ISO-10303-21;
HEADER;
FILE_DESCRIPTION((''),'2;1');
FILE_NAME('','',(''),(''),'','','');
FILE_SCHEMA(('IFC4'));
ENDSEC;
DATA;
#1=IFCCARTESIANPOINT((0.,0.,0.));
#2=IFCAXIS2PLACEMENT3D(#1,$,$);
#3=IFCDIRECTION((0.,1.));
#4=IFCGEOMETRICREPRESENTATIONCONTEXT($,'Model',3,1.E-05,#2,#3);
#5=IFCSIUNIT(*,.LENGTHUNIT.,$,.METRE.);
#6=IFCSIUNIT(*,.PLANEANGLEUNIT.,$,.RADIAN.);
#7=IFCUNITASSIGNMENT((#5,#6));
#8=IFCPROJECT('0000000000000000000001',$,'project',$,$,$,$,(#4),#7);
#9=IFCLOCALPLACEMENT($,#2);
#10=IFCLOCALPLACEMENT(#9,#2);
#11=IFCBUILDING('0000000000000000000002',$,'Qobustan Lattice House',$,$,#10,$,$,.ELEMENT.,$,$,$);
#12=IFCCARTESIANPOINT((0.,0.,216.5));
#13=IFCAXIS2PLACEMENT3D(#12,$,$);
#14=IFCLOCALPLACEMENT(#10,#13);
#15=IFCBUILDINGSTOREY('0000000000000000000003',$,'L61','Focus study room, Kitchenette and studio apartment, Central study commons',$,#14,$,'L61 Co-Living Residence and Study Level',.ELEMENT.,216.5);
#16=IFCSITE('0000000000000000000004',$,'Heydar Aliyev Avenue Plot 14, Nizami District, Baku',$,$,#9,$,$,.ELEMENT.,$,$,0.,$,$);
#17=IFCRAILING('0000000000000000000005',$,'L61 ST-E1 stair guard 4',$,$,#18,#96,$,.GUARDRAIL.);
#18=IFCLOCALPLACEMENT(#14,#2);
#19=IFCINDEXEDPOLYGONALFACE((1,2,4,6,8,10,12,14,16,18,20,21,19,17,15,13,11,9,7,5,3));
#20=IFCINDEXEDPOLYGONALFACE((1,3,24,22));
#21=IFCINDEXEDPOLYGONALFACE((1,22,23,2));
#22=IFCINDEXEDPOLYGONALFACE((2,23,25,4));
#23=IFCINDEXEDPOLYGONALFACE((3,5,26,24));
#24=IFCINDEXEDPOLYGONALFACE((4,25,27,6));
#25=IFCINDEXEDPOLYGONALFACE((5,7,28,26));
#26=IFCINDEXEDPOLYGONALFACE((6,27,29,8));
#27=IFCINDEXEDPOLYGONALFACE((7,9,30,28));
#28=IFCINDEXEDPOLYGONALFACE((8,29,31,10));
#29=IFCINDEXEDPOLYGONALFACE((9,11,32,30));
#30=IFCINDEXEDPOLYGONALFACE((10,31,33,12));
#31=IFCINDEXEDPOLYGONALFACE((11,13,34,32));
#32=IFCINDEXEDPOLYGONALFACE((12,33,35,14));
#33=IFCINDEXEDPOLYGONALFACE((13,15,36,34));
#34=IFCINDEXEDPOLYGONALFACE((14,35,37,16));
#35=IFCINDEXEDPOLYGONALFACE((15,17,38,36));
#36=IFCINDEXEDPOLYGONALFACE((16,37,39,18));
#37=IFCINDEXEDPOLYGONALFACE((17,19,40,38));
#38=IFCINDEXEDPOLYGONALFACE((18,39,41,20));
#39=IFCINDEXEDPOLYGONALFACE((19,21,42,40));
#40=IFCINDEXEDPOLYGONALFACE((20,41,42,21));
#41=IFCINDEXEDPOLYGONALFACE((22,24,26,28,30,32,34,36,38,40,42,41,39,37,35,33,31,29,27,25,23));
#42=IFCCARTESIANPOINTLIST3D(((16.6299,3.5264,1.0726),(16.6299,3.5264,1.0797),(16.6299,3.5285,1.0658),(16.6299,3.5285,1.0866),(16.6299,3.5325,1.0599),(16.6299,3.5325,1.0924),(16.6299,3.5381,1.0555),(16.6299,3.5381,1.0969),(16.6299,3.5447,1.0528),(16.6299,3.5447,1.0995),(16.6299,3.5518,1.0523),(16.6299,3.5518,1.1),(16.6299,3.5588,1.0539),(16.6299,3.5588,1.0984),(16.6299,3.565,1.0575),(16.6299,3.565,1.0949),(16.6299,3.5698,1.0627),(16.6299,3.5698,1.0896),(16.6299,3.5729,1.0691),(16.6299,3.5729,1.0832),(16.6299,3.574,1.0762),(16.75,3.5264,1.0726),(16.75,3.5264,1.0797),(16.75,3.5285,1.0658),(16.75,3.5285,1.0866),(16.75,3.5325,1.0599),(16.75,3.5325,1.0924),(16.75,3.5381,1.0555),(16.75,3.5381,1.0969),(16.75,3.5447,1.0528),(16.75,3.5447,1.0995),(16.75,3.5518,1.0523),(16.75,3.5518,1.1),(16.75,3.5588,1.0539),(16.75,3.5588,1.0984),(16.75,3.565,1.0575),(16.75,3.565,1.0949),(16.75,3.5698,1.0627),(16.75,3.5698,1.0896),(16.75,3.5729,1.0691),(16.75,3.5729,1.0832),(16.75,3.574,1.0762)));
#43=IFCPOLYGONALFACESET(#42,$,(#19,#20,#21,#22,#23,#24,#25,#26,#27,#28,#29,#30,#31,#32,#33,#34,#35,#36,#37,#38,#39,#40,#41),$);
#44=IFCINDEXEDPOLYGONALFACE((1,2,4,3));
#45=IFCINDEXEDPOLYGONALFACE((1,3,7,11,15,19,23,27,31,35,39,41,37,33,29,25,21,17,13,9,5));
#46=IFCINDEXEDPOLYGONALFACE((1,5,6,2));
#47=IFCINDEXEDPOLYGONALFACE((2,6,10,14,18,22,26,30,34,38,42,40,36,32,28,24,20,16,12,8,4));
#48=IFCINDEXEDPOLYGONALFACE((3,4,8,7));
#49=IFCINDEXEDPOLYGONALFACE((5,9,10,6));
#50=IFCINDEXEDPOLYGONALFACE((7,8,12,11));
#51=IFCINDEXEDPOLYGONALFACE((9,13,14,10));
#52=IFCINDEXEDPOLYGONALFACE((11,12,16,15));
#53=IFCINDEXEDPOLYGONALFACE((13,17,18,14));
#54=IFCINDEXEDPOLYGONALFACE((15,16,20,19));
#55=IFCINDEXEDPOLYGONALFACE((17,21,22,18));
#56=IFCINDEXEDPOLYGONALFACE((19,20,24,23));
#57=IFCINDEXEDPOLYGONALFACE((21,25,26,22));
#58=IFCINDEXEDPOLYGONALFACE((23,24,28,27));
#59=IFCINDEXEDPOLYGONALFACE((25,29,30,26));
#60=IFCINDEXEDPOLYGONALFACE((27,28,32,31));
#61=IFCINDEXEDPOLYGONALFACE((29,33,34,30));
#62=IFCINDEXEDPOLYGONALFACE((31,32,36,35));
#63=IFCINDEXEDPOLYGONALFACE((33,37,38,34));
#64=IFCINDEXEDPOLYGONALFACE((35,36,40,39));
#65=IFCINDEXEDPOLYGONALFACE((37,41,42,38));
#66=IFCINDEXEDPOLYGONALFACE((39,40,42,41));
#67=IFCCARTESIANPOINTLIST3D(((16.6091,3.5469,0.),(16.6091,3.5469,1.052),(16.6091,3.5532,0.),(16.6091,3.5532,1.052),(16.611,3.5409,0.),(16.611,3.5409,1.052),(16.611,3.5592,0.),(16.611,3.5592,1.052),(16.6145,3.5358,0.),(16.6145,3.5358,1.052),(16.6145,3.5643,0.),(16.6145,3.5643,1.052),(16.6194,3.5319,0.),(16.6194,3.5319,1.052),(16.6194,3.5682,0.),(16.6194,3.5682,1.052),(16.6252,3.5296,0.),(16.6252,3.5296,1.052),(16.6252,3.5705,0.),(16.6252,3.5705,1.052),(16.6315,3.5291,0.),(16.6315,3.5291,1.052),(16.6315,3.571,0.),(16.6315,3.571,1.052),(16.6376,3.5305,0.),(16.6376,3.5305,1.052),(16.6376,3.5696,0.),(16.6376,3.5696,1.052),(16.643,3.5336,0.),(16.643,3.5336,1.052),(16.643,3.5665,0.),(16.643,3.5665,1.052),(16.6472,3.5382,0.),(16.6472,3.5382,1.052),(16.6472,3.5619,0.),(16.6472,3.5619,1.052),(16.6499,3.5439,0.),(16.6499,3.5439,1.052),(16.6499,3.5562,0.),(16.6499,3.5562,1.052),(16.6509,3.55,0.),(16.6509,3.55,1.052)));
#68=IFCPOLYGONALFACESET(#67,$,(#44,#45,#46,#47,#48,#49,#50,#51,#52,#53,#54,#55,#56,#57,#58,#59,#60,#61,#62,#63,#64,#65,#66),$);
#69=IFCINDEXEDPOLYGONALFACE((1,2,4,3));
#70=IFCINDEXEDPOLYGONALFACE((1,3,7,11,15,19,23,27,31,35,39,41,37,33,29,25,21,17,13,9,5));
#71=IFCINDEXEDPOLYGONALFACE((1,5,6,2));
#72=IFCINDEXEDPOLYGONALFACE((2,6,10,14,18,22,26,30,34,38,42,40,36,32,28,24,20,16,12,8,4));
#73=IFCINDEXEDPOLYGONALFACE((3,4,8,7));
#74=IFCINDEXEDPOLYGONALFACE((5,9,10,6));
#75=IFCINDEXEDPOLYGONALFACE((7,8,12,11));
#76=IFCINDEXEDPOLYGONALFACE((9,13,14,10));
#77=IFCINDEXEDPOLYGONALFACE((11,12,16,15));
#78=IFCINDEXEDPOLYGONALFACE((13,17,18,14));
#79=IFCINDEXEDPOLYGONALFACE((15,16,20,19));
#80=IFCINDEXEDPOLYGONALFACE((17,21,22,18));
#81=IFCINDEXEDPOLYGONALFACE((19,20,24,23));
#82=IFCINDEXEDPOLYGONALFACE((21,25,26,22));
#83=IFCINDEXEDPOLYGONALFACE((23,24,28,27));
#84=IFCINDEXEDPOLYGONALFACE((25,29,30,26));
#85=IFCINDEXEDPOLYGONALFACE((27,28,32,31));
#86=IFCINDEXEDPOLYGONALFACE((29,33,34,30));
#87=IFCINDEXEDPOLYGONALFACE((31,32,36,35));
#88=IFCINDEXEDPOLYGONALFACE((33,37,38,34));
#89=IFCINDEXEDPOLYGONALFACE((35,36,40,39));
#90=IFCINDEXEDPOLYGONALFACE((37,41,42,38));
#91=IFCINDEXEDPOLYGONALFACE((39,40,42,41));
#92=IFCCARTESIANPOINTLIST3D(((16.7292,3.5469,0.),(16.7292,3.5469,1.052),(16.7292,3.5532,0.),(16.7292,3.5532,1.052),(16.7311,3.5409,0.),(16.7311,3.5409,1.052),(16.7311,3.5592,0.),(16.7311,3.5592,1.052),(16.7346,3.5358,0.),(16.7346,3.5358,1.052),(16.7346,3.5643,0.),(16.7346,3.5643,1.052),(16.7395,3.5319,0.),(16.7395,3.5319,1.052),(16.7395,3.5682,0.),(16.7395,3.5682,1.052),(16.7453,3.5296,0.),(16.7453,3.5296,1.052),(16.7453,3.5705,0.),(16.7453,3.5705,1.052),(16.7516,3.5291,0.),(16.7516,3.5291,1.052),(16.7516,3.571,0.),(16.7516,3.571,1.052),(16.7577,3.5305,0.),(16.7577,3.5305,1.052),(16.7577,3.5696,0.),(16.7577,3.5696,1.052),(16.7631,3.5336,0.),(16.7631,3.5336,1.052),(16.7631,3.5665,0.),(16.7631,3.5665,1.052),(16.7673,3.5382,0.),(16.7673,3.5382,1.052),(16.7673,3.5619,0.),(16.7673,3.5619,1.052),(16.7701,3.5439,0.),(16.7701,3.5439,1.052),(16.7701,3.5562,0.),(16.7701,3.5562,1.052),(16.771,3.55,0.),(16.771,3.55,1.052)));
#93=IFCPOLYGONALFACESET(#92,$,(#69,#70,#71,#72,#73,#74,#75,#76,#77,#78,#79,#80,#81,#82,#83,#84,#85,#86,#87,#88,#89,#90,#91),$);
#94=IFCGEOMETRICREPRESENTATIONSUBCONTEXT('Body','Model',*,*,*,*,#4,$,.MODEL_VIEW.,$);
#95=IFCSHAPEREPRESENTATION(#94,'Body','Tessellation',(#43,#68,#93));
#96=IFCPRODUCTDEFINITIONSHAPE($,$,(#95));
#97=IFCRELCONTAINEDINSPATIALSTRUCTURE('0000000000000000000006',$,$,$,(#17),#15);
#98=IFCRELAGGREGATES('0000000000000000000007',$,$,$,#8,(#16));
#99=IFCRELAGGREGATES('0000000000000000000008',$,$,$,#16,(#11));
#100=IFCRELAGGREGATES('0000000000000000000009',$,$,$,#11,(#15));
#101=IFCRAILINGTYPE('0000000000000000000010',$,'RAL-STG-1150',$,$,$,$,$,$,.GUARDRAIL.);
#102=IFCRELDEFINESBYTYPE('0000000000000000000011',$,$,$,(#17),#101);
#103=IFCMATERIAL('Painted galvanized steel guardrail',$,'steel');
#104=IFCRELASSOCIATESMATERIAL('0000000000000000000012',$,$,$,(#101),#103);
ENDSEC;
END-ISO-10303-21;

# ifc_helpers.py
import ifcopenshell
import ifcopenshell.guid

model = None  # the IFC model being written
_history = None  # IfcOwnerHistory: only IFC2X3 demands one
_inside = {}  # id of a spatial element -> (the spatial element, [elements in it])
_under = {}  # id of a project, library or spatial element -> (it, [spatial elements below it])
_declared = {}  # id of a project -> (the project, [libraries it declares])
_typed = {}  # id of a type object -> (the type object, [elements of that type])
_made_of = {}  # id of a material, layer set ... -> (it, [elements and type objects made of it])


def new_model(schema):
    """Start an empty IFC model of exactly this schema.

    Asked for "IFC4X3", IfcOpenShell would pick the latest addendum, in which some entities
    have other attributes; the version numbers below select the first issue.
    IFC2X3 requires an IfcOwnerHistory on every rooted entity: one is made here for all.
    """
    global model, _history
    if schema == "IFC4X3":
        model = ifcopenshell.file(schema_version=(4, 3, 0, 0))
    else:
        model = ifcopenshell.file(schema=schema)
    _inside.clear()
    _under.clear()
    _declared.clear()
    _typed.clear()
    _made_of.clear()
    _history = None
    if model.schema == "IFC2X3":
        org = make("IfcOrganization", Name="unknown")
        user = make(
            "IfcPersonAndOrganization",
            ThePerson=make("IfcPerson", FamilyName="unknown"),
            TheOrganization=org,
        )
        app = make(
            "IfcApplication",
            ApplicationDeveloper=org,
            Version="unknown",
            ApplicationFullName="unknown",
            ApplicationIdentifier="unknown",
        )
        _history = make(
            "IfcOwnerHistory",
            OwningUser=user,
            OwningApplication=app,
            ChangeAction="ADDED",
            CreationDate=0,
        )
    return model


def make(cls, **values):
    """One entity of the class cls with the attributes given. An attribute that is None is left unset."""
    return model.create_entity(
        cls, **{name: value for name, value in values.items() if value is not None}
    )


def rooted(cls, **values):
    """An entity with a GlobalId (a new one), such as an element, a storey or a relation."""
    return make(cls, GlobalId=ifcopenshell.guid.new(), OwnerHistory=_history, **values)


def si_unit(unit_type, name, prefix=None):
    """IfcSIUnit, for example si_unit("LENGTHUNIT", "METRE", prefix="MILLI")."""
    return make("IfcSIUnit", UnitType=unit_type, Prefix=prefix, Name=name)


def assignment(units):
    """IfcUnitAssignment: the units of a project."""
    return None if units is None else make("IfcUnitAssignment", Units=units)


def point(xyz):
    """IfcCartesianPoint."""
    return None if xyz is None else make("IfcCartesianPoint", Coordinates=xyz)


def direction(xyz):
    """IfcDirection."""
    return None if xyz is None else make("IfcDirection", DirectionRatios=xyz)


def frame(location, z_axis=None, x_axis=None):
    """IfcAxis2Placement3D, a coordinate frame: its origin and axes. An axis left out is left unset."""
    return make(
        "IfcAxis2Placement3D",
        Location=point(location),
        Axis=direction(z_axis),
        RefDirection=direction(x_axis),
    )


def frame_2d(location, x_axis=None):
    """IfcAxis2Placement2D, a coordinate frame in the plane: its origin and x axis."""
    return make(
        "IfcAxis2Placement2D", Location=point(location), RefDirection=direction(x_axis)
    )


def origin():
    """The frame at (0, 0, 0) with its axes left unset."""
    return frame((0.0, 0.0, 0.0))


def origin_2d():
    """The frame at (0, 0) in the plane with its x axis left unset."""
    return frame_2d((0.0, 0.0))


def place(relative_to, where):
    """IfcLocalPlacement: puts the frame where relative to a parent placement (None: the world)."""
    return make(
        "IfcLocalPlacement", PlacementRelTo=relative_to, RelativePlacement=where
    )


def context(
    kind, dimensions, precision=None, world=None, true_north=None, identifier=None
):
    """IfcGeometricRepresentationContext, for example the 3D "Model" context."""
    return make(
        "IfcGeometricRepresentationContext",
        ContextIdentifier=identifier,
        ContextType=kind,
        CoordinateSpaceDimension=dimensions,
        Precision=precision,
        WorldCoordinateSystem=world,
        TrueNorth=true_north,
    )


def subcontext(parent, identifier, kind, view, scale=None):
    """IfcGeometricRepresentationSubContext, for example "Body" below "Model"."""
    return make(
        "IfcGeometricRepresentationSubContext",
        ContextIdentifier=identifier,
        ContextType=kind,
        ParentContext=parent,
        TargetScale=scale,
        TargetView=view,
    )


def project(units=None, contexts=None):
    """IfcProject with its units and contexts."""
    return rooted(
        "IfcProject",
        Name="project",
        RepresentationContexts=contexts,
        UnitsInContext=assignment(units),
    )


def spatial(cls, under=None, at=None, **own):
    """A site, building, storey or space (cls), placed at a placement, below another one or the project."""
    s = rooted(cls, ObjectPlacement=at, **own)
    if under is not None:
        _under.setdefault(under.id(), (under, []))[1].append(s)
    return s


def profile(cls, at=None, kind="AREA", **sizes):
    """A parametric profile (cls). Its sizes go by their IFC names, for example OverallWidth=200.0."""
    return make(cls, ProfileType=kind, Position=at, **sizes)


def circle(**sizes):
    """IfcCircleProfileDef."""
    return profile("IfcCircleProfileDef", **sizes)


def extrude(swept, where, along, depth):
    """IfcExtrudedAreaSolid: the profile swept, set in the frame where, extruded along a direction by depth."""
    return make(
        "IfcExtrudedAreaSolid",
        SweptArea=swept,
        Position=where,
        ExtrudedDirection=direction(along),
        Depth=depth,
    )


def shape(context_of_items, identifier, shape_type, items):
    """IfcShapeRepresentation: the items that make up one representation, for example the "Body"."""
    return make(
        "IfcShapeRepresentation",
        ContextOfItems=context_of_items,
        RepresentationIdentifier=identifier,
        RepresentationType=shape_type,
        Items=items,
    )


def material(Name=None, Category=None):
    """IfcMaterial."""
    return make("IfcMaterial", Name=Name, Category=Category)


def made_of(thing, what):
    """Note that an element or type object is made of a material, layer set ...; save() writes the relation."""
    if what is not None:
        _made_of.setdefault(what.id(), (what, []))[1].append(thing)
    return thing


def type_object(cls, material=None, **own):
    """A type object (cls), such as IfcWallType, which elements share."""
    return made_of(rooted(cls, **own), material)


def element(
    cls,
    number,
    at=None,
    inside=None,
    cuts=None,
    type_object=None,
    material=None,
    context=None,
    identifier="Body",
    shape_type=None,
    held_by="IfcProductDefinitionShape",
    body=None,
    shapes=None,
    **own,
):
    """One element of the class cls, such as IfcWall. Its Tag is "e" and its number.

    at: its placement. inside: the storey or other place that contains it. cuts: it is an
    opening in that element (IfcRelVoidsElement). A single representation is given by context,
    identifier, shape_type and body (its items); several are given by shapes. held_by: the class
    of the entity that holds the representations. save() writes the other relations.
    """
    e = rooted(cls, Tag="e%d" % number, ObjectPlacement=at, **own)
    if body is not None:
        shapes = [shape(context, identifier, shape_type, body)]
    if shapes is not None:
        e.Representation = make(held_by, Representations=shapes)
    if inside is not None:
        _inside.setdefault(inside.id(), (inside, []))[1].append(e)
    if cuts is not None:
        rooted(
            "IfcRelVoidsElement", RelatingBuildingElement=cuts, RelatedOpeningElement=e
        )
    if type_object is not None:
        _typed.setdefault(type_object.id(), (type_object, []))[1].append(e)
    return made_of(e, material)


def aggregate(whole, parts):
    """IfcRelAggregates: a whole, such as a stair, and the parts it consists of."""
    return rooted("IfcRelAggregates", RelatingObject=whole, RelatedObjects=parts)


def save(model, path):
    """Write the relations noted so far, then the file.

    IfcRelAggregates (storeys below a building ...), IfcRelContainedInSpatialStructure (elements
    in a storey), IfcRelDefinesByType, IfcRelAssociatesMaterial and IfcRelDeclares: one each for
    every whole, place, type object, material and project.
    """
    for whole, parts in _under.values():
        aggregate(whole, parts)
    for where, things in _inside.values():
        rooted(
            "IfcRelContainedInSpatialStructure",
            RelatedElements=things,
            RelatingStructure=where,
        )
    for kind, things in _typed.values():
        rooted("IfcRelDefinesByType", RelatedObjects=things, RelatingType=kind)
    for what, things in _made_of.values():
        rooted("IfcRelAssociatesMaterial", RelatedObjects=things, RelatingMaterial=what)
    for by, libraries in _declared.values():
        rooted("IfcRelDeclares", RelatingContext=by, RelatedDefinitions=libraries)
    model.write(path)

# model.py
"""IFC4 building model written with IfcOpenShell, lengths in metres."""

from ifc_helpers import new_model, si_unit, direction, frame, origin, origin_2d, place, context, subcontext, project, spatial, circle, extrude, material, type_object, element, save


model = new_model("IFC4")

# Units and contexts
model_context = context("Model", 3, precision=1e-05, world=origin(), true_north=direction((0.0, 1.0)))
body_context = subcontext(model_context, "Body", "Model", "MODEL_VIEW")
ifc_project = project(units=[si_unit("LENGTHUNIT", "METRE"), si_unit("PLANEANGLEUNIT", "RADIAN")], contexts=[model_context])

# Site, building, storey
site_placement = place(None, origin())
site = spatial("IfcSite", under=ifc_project, at=site_placement, Name="Heydar Aliyev Avenue Plot 14, Nizami District, Baku", CompositionType="ELEMENT", RefElevation=0.0)
building_placement = place(site_placement, origin())
building = spatial("IfcBuilding", under=site, at=building_placement, Name="Qobustan Lattice House", CompositionType="ELEMENT")
storey_placement = place(building_placement, frame((0.0, 0.0, 216.5)))
storey = spatial("IfcBuildingStorey", under=building, at=storey_placement, Name="L61", Description="Focus study room, Kitchenette and studio apartment, Central study commons", LongName="L61 Co-Living Residence and Study Level", CompositionType="ELEMENT", Elevation=216.5)

# Railing
ifc_material_1 = material(Name="Painted galvanized steel guardrail", Category="steel")
railing_type_1 = type_object("IfcRailingType", Name="RAL-STG-1150", PredefinedType="GUARDRAIL", material=ifc_material_1)
railing_1_placement = place(storey_placement, frame((16.6299, 3.55, 0.0)))
element("IfcRailing", 1, at=railing_1_placement, inside=storey, type_object=railing_type_1, Name="L61 ST-E1 stair guard 4", PredefinedType="GUARDRAIL", context=body_context, shape_type="SweptSolid", body=[
    extrude(circle(Radius=0.0239, at=origin_2d()), frame((0.0, 0.0, 1.0762), z_axis=(1.0, 0.0, 0.0), x_axis=(0.0, 1.0, 0.0)), (0.0, 0.0, 1.0), 0.1201),
    extrude(circle(Radius=0.021, at=origin_2d()), origin(), (0.0, 0.0, 1.0), 1.052),
    extrude(circle(Radius=0.021, at=origin_2d()), frame((0.1201, 0.0, 0.0)), (0.0, 0.0, 1.0), 1.052),
])

save(model, "model.ifc")
